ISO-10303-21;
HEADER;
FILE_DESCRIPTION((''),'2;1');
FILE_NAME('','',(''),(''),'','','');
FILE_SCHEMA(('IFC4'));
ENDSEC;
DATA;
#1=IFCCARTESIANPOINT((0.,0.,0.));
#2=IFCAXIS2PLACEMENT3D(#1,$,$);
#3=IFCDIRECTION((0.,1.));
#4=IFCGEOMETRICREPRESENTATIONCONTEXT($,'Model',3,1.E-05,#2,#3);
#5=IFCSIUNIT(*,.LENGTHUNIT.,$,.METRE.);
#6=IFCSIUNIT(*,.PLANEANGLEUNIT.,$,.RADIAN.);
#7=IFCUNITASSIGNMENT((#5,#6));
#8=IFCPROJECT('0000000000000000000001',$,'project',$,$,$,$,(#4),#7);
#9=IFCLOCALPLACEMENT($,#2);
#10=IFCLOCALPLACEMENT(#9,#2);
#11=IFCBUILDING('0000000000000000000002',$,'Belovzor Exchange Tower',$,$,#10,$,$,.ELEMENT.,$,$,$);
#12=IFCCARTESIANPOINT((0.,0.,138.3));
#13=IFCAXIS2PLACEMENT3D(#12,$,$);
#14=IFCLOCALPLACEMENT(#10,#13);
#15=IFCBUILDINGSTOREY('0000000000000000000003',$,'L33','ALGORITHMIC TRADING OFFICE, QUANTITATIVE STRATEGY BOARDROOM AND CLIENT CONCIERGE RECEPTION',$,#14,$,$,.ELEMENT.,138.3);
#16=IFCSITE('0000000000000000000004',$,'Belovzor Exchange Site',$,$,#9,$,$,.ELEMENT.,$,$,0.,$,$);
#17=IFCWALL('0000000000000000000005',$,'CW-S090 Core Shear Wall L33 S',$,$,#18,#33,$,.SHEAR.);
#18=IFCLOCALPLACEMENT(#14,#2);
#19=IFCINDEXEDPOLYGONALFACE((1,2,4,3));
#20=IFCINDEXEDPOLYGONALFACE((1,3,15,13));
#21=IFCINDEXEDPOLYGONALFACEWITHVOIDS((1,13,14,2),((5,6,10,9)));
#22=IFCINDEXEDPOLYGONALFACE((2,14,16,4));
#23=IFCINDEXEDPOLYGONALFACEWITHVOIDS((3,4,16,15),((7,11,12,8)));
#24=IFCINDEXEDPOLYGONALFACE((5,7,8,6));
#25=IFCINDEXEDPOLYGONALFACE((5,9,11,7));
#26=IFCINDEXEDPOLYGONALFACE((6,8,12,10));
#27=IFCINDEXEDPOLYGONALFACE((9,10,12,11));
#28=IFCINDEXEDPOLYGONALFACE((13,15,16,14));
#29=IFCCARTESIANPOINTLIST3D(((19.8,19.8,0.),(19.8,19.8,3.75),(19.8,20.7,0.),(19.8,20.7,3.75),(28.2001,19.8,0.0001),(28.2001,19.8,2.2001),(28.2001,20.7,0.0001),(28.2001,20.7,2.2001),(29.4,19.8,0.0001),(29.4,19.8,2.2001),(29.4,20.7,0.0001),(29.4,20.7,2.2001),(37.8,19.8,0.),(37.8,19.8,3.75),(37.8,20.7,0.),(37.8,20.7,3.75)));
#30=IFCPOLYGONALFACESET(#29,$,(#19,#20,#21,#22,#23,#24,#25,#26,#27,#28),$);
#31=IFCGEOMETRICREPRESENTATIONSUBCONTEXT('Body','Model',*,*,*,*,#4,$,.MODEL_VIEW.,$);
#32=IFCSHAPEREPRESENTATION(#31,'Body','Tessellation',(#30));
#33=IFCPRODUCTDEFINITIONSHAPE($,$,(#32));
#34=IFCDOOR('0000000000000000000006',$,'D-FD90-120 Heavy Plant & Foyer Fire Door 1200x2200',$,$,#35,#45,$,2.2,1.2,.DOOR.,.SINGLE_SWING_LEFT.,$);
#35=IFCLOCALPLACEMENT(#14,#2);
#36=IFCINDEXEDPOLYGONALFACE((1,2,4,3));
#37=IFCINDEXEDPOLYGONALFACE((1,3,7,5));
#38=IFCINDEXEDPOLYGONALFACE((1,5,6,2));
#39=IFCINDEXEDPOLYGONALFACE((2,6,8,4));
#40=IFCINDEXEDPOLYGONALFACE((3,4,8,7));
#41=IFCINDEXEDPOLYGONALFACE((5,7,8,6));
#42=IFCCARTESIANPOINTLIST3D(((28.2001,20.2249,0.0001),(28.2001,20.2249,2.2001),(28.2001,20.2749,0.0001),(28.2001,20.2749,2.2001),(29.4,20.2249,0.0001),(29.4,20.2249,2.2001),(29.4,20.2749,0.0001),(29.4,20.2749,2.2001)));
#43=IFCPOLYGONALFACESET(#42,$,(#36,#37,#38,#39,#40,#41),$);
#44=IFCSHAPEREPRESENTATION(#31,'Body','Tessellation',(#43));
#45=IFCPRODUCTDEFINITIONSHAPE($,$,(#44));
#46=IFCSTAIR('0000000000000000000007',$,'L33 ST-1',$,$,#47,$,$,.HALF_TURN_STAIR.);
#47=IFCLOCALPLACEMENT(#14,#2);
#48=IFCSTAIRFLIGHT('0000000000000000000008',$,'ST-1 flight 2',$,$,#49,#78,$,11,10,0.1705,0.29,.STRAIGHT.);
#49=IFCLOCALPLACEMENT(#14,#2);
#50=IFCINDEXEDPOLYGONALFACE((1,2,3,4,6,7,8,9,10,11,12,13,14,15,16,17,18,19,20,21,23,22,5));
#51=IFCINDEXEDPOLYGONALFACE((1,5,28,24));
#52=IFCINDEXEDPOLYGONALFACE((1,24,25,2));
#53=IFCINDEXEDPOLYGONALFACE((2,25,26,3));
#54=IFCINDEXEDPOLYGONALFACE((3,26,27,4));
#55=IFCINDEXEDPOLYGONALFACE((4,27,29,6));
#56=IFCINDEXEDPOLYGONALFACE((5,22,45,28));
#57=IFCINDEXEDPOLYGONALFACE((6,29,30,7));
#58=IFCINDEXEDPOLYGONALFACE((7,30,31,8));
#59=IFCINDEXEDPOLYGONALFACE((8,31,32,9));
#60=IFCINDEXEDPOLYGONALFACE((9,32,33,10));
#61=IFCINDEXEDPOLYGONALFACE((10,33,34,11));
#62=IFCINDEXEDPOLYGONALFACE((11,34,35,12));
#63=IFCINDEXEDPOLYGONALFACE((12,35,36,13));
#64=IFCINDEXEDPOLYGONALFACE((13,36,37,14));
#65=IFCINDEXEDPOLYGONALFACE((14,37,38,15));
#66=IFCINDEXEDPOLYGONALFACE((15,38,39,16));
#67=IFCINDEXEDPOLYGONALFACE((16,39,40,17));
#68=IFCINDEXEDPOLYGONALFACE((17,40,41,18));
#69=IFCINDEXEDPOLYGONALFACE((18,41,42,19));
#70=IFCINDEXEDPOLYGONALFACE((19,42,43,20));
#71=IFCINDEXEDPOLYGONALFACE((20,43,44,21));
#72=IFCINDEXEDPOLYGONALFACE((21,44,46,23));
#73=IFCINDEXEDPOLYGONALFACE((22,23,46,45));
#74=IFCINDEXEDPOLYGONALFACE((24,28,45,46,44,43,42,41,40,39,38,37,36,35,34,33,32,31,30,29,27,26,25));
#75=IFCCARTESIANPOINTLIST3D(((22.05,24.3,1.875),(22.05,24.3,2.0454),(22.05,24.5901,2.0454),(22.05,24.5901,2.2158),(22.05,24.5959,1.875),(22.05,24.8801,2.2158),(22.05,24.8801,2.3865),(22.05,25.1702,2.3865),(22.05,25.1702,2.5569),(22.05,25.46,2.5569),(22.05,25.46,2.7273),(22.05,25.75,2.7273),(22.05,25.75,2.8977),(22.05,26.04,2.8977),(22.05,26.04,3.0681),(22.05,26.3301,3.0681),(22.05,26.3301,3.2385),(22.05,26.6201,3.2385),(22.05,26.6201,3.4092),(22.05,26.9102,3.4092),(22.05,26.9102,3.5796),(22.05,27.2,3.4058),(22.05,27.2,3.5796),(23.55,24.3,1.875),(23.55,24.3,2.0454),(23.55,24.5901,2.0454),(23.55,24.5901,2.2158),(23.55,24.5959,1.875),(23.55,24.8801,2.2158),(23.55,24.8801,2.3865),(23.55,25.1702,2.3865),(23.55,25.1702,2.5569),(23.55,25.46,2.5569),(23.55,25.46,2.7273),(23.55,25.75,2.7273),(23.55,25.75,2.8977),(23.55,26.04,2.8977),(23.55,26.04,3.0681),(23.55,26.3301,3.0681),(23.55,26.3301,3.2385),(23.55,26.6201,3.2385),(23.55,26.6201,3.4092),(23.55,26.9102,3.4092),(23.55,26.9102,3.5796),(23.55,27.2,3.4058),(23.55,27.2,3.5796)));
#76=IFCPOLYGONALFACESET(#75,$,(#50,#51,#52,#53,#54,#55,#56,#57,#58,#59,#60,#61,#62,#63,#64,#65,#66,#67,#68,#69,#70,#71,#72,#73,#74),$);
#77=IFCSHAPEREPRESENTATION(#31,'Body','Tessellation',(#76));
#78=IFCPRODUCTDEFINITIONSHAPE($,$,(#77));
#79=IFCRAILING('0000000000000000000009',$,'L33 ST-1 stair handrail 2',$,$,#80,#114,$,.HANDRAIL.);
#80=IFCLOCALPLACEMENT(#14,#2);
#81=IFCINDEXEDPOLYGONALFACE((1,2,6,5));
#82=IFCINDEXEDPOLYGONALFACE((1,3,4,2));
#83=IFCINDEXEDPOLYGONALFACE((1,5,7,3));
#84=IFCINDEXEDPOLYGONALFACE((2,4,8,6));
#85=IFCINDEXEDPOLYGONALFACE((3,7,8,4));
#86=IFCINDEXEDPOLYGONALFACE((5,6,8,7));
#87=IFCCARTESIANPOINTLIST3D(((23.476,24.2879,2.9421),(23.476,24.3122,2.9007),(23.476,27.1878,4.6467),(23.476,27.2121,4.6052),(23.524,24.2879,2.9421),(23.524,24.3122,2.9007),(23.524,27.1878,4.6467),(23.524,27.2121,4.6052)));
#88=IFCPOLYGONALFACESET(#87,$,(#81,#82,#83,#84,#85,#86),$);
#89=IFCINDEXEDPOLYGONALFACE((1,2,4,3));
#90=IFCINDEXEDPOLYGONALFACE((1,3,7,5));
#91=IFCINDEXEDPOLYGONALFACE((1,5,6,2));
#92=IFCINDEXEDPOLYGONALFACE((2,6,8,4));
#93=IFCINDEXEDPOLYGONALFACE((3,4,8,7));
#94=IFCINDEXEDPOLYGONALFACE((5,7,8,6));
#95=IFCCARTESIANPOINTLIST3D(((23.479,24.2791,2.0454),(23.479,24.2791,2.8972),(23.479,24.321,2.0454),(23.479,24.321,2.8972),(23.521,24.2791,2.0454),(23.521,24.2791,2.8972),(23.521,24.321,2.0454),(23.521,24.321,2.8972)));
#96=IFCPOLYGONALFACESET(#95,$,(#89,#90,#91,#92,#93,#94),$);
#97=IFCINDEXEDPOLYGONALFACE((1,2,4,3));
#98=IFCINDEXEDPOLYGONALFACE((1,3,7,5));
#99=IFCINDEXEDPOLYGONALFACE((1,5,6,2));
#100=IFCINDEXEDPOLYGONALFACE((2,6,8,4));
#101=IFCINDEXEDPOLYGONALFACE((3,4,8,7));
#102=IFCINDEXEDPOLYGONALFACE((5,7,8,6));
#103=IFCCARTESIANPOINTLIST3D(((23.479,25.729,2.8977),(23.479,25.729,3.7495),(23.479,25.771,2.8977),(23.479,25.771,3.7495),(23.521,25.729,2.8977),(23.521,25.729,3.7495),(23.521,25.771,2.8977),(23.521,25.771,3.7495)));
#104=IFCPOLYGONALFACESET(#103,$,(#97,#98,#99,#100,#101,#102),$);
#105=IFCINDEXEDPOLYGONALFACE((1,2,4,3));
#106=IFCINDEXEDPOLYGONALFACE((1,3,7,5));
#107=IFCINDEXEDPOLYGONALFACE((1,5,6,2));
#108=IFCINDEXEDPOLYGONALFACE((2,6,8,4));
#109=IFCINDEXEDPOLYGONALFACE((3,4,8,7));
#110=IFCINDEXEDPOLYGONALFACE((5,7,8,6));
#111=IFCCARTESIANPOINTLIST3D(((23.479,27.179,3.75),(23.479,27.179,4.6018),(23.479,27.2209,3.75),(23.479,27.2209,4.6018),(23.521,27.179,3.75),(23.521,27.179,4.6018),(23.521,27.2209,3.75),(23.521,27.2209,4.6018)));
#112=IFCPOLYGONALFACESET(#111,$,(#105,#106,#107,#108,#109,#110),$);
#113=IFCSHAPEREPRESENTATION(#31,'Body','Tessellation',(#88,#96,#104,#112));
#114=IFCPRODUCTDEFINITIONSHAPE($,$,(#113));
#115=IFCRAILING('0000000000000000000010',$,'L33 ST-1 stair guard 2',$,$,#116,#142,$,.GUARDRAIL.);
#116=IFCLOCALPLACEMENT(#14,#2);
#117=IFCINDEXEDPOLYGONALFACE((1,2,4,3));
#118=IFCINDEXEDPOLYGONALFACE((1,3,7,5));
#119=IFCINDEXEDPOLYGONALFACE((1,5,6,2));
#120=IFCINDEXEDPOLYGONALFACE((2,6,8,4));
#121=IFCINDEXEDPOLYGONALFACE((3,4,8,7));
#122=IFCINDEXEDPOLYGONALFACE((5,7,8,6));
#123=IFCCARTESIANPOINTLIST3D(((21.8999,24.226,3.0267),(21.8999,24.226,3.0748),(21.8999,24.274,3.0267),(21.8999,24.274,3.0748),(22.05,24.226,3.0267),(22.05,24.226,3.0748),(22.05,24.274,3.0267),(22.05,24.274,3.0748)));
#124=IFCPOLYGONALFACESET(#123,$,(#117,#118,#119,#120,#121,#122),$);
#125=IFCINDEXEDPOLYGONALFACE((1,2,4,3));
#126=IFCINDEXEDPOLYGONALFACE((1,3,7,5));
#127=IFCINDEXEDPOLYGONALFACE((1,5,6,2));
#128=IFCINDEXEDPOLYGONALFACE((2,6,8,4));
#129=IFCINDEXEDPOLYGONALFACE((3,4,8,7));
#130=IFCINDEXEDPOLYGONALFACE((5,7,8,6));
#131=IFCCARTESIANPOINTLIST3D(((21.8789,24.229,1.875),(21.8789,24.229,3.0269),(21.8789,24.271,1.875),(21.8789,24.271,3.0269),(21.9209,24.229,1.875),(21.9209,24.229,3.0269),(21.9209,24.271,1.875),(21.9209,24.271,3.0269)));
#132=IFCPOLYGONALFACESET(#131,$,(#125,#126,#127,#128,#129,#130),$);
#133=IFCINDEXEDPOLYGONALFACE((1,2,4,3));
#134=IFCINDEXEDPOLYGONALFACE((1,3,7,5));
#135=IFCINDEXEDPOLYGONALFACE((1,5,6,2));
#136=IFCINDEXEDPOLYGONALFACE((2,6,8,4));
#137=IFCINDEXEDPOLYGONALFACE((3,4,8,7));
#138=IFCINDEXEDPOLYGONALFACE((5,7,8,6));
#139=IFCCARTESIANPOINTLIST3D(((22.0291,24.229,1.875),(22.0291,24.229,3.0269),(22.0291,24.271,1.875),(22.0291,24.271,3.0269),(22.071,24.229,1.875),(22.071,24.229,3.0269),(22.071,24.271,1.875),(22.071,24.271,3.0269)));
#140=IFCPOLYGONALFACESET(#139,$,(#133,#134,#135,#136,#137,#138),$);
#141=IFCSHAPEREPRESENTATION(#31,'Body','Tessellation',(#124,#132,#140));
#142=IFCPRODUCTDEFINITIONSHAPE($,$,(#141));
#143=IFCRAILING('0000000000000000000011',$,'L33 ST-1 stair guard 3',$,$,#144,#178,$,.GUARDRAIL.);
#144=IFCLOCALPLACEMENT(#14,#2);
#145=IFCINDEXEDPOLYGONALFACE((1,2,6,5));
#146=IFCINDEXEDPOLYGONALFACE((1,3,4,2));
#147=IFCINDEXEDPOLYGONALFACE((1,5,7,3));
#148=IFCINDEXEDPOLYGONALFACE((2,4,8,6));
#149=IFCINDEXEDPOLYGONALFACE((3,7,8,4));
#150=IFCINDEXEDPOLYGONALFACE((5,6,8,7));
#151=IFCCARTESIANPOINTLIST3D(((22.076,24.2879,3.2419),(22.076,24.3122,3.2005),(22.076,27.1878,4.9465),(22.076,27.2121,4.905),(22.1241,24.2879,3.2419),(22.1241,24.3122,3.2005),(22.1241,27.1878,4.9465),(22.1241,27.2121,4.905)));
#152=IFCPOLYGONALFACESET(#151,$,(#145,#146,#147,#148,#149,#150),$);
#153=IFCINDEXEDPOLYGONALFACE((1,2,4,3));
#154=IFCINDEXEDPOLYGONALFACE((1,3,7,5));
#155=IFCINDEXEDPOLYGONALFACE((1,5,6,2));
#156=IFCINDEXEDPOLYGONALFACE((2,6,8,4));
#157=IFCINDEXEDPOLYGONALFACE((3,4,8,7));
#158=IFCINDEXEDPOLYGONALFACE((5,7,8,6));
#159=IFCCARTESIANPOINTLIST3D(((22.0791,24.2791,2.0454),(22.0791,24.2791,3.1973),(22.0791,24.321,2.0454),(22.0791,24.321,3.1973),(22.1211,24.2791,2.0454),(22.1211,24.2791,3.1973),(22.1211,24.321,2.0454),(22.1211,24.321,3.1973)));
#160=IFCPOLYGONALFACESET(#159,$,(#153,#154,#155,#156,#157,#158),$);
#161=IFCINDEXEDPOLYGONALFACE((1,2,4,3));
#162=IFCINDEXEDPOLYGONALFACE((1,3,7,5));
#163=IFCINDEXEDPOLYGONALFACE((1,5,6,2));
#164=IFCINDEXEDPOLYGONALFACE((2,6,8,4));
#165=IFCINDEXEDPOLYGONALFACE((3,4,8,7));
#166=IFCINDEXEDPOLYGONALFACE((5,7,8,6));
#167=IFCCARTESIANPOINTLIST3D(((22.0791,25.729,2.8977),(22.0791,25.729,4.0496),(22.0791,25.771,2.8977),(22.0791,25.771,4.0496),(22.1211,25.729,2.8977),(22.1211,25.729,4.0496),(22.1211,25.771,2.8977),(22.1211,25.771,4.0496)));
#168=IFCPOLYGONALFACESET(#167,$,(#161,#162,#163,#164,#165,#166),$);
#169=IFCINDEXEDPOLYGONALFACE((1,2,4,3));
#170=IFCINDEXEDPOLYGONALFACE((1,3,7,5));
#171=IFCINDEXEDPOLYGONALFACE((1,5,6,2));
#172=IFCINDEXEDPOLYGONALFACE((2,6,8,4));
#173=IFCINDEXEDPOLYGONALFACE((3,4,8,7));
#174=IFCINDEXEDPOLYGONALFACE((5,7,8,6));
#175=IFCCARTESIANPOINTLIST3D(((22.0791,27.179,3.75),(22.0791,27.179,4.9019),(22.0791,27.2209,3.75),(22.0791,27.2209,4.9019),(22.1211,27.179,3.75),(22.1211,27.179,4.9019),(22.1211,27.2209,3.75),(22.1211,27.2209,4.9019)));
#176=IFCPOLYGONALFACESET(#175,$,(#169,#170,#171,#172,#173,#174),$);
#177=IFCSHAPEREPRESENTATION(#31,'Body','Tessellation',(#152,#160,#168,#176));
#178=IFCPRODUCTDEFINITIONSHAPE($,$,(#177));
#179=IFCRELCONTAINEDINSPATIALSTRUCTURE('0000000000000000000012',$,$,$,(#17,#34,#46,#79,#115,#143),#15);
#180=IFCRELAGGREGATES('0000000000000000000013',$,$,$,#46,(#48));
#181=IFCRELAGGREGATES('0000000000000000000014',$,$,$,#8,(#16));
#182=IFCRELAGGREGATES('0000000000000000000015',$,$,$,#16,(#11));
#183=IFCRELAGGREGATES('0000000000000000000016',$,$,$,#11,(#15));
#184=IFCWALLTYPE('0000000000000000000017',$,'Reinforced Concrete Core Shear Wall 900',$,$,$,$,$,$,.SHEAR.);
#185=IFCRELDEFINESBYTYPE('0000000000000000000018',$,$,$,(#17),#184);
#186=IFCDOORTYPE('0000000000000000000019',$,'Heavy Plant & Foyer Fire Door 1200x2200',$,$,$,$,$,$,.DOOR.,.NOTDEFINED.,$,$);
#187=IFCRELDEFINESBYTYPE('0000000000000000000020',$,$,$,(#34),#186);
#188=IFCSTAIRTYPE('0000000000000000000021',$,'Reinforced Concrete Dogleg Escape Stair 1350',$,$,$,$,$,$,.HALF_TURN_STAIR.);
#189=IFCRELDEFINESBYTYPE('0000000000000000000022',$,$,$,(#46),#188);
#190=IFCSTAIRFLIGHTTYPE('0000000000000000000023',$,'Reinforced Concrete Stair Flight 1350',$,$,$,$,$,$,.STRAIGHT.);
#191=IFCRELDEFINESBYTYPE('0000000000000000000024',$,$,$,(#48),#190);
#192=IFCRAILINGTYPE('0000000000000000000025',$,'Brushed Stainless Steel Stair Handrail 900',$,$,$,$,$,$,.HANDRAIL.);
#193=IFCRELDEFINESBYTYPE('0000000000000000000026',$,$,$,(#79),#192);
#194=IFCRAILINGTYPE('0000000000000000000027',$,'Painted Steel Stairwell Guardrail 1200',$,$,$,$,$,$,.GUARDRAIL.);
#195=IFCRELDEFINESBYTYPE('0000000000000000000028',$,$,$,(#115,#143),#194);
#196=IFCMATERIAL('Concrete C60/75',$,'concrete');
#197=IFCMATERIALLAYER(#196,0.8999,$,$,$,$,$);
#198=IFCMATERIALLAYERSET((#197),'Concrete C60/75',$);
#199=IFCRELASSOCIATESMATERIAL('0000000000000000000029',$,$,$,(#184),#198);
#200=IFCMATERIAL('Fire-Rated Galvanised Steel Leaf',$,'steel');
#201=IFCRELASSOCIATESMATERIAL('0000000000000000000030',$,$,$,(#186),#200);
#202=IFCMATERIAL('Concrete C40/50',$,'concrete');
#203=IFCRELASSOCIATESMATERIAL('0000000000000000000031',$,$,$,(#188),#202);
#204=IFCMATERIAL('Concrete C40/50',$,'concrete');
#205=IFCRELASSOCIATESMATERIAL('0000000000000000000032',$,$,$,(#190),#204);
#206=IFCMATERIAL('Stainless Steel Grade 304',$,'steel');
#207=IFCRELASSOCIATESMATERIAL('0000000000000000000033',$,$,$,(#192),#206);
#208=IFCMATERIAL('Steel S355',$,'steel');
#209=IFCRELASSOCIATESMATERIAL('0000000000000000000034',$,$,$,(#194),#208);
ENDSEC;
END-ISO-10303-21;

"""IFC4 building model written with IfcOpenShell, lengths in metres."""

from ifc_helpers import new_model, si_unit, direction, frame, frame_2d, origin, origin_2d, place, context, subcontext, project, spatial, polyline, rectangle, outline, extrude, material, layer, layer_set, type_object, element, fill, aggregate, save


model = new_model("IFC4")

# Units and contexts
model_context = context("Model", 3, precision=1e-05, world=origin(), true_north=direction((0.0, 1.0)))
body_context = subcontext(model_context, "Body", "Model", "MODEL_VIEW")
ifc_project = project(units=[si_unit("LENGTHUNIT", "METRE"), si_unit("PLANEANGLEUNIT", "RADIAN")], contexts=[model_context])

# Site, building, storey
site_placement = place(None, origin())
site = spatial("IfcSite", under=ifc_project, at=site_placement, Name="Belovzor Exchange Site", CompositionType="ELEMENT", RefElevation=0.0)
building_placement = place(site_placement, origin())
building = spatial("IfcBuilding", under=site, at=building_placement, Name="Belovzor Exchange Tower", CompositionType="ELEMENT")
storey_placement = place(building_placement, frame((0.0, 0.0, 138.3)))
storey = spatial("IfcBuildingStorey", under=building, at=storey_placement, Name="L33", Description="ALGORITHMIC TRADING OFFICE, QUANTITATIVE STRATEGY BOARDROOM AND CLIENT CONCIERGE RECEPTION", CompositionType="ELEMENT", Elevation=138.3)

# Wall, opening, door
ifc_material_1 = material(Name="Concrete C60/75", Category="concrete")
ifc_layer_1 = layer(ifc_material_1, 0.8999)
ifc_layer_set_1 = layer_set([ifc_layer_1], Name="Concrete C60/75")
wall_type_1 = type_object("IfcWallType", Name="Reinforced Concrete Core Shear Wall 900", PredefinedType="SHEAR", material=ifc_layer_set_1)
wall_1_placement = place(storey_placement, frame((19.8, 20.25, 0.0), z_axis=(0.0, 0.0, 1.0), x_axis=(1.0, 0.0, 0.0)))
wall_1 = element("IfcWall", 1, at=wall_1_placement, inside=storey, type_object=wall_type_1, Name="CW-S090 Core Shear Wall L33 S", PredefinedType="SHEAR", context=body_context, shape_type="SweptSolid", body=[
    extrude(rectangle(XDim=18.0, YDim=0.8999, at=frame_2d((9.0, 0.0))), origin(), (0.0, 0.0, 1.0), 3.75),
])
opening_1_placement = place(wall_1_placement, frame((8.3999, 0.0, 0.0)))
opening_1 = element("IfcOpeningElement", 2, at=opening_1_placement, cuts=wall_1, PredefinedType="OPENING", context=body_context, shape_type="SweptSolid", body=[
    extrude(rectangle(XDim=1.2, YDim=2.2, at=frame_2d((0.6001, 1.1001))), frame((0.0, 0.46, 0.0), z_axis=(0.0, -1.0, 0.0), x_axis=(1.0, 0.0, 0.0)), (0.0, 0.0, 1.0), 0.9199),
])
ifc_material_2 = material(Name="Fire-Rated Galvanised Steel Leaf", Category="steel")
door_type_1 = type_object("IfcDoorType", Name="Heavy Plant & Foyer Fire Door 1200x2200", OperationType="NOTDEFINED", PredefinedType="DOOR", material=ifc_material_2)
door_1_placement = place(opening_1_placement, origin())
door_1 = element("IfcDoor", 3, at=door_1_placement, inside=storey, type_object=door_type_1, Name="D-FD90-120 Heavy Plant & Foyer Fire Door 1200x2200", OperationType="SINGLE_SWING_LEFT", OverallHeight=2.2, OverallWidth=1.2, PredefinedType="DOOR", context=body_context, shape_type="SweptSolid", body=[
    extrude(rectangle(XDim=1.2, YDim=2.2, at=frame_2d((0.6001, 1.1001))), frame((0.0, 0.0249, 0.0), z_axis=(0.0, -1.0, 0.0), x_axis=(1.0, 0.0, 0.0)), (0.0, 0.0, 1.0), 0.05),
])
fill(opening_1, door_1)

# Stair, stair flight
ifc_material_3 = material(Name="Concrete C40/50", Category="concrete")
stair_type = type_object("IfcStairType", Name="Reinforced Concrete Dogleg Escape Stair 1350", PredefinedType="HALF_TURN_STAIR", material=ifc_material_3)
stair_placement = place(storey_placement, origin())
stair = element("IfcStair", 4, at=stair_placement, inside=storey, type_object=stair_type, Name="L33 ST-1", PredefinedType="HALF_TURN_STAIR")
ifc_material_4 = material(Name="Concrete C40/50", Category="concrete")
stair_flight_type = type_object("IfcStairFlightType", Name="Reinforced Concrete Stair Flight 1350", PredefinedType="STRAIGHT", material=ifc_material_4)
stair_flight_placement = place(storey_placement, frame((22.8, 24.3, 1.875), z_axis=(0.0, 0.0, 1.0), x_axis=(0.0, 1.0, 0.0)))
stair_flight = element("IfcStairFlight", 5, at=stair_flight_placement, type_object=stair_flight_type, Name="ST-1 flight 2", NumberOfRisers=11, NumberOfTreads=10, PredefinedType="STRAIGHT", RiserHeight=0.1705, TreadLength=0.29, context=body_context, shape_type="SweptSolid", body=[
    extrude(outline(polyline([(0.0, 0.0), (0.0, 0.1704), (0.29, 0.1704), (0.29, 0.3408), (0.5801, 0.3408), (0.5801, 0.5115), (0.8701, 0.5115), (0.8701, 0.6819), (1.1599, 0.6819), (1.1599, 0.8523), (1.45, 0.8523), (1.45, 1.0227), (1.74, 1.0227), (1.74, 1.1931), (2.03, 1.1931), (2.03, 1.3635), (2.3201, 1.3635), (2.3201, 1.5342), (2.6101, 1.5342), (2.6101, 1.7046), (2.8999, 1.7046), (2.8999, 1.875), (2.8999, 1.5308), (0.2959, 0.0), (0.0, 0.0)])), frame((0.0, 0.75, 0.0), z_axis=(0.0, -1.0, 0.0), x_axis=(1.0, 0.0, 0.0)), (0.0, 0.0, 1.0), 1.5),
])
aggregate(stair, [stair_flight])

# Railings
ifc_material_5 = material(Name="Stainless Steel Grade 304", Category="steel")
railing_type_1 = type_object("IfcRailingType", Name="Brushed Stainless Steel Stair Handrail 900", PredefinedType="HANDRAIL", material=ifc_material_5)
railing_1_placement = place(storey_placement, frame((23.5, 24.3, 2.0454)))
element("IfcRailing", 6, at=railing_1_placement, inside=storey, type_object=railing_type_1, Name="L33 ST-1 stair handrail 2", PredefinedType="HANDRAIL", context=body_context, shape_type="SweptSolid", body=[
    extrude(rectangle(XDim=0.0481, YDim=0.0481, at=origin_2d()), frame((0.0, 0.0, 0.876), z_axis=(0.0, 0.862095, 0.506747), x_axis=(-1.0, 0.0, 0.0)), (0.0, 0.0, 1.0), 3.3638),
    extrude(rectangle(XDim=0.042, YDim=0.042, at=origin_2d()), origin(), (0.0, 0.0, 1.0), 0.8518),
    extrude(rectangle(XDim=0.042, YDim=0.042, at=origin_2d()), frame((0.0, 1.45, 0.8523)), (0.0, 0.0, 1.0), 0.8518),
    extrude(rectangle(XDim=0.042, YDim=0.042, at=origin_2d()), frame((0.0, 2.8999, 1.7046)), (0.0, 0.0, 1.0), 0.8518),
])
ifc_material_6 = material(Name="Steel S355", Category="steel")
railing_type_2 = type_object("IfcRailingType", Name="Painted Steel Stairwell Guardrail 1200", PredefinedType="GUARDRAIL", material=ifc_material_6)
railing_2_placement = place(storey_placement, frame((21.8999, 24.25, 1.875)))
element("IfcRailing", 7, at=railing_2_placement, inside=storey, type_object=railing_type_2, Name="L33 ST-1 stair guard 2", PredefinedType="GUARDRAIL", context=body_context, shape_type="SweptSolid", body=[
    extrude(rectangle(XDim=0.0481, YDim=0.0481, at=origin_2d()), frame((0.0, 0.0, 1.1758), z_axis=(1.0, 0.0, 0.0), x_axis=(0.0, 1.0, 0.0)), (0.0, 0.0, 1.0), 0.1501),
    extrude(rectangle(XDim=0.042, YDim=0.042, at=origin_2d()), origin(), (0.0, 0.0, 1.0), 1.1519),
    extrude(rectangle(XDim=0.042, YDim=0.042, at=origin_2d()), frame((0.1501, 0.0, 0.0)), (0.0, 0.0, 1.0), 1.1519),
])
railing_3_placement = place(storey_placement, frame((22.1001, 24.3, 2.0454)))
element("IfcRailing", 8, at=railing_3_placement, inside=storey, type_object=railing_type_2, Name="L33 ST-1 stair guard 3", PredefinedType="GUARDRAIL", context=body_context, shape_type="SweptSolid", body=[
    extrude(rectangle(XDim=0.0481, YDim=0.0481, at=origin_2d()), frame((0.0, 0.0, 1.1758), z_axis=(0.0, 0.862095, 0.506747), x_axis=(-1.0, 0.0, 0.0)), (0.0, 0.0, 1.0), 3.3638),
    extrude(rectangle(XDim=0.042, YDim=0.042, at=origin_2d()), origin(), (0.0, 0.0, 1.0), 1.1519),
    extrude(rectangle(XDim=0.042, YDim=0.042, at=origin_2d()), frame((0.0, 1.45, 0.8523)), (0.0, 0.0, 1.0), 1.1519),
    extrude(rectangle(XDim=0.042, YDim=0.042, at=origin_2d()), frame((0.0, 2.8999, 1.7046)), (0.0, 0.0, 1.0), 1.1519),
])

save(model, "model.ifc")
